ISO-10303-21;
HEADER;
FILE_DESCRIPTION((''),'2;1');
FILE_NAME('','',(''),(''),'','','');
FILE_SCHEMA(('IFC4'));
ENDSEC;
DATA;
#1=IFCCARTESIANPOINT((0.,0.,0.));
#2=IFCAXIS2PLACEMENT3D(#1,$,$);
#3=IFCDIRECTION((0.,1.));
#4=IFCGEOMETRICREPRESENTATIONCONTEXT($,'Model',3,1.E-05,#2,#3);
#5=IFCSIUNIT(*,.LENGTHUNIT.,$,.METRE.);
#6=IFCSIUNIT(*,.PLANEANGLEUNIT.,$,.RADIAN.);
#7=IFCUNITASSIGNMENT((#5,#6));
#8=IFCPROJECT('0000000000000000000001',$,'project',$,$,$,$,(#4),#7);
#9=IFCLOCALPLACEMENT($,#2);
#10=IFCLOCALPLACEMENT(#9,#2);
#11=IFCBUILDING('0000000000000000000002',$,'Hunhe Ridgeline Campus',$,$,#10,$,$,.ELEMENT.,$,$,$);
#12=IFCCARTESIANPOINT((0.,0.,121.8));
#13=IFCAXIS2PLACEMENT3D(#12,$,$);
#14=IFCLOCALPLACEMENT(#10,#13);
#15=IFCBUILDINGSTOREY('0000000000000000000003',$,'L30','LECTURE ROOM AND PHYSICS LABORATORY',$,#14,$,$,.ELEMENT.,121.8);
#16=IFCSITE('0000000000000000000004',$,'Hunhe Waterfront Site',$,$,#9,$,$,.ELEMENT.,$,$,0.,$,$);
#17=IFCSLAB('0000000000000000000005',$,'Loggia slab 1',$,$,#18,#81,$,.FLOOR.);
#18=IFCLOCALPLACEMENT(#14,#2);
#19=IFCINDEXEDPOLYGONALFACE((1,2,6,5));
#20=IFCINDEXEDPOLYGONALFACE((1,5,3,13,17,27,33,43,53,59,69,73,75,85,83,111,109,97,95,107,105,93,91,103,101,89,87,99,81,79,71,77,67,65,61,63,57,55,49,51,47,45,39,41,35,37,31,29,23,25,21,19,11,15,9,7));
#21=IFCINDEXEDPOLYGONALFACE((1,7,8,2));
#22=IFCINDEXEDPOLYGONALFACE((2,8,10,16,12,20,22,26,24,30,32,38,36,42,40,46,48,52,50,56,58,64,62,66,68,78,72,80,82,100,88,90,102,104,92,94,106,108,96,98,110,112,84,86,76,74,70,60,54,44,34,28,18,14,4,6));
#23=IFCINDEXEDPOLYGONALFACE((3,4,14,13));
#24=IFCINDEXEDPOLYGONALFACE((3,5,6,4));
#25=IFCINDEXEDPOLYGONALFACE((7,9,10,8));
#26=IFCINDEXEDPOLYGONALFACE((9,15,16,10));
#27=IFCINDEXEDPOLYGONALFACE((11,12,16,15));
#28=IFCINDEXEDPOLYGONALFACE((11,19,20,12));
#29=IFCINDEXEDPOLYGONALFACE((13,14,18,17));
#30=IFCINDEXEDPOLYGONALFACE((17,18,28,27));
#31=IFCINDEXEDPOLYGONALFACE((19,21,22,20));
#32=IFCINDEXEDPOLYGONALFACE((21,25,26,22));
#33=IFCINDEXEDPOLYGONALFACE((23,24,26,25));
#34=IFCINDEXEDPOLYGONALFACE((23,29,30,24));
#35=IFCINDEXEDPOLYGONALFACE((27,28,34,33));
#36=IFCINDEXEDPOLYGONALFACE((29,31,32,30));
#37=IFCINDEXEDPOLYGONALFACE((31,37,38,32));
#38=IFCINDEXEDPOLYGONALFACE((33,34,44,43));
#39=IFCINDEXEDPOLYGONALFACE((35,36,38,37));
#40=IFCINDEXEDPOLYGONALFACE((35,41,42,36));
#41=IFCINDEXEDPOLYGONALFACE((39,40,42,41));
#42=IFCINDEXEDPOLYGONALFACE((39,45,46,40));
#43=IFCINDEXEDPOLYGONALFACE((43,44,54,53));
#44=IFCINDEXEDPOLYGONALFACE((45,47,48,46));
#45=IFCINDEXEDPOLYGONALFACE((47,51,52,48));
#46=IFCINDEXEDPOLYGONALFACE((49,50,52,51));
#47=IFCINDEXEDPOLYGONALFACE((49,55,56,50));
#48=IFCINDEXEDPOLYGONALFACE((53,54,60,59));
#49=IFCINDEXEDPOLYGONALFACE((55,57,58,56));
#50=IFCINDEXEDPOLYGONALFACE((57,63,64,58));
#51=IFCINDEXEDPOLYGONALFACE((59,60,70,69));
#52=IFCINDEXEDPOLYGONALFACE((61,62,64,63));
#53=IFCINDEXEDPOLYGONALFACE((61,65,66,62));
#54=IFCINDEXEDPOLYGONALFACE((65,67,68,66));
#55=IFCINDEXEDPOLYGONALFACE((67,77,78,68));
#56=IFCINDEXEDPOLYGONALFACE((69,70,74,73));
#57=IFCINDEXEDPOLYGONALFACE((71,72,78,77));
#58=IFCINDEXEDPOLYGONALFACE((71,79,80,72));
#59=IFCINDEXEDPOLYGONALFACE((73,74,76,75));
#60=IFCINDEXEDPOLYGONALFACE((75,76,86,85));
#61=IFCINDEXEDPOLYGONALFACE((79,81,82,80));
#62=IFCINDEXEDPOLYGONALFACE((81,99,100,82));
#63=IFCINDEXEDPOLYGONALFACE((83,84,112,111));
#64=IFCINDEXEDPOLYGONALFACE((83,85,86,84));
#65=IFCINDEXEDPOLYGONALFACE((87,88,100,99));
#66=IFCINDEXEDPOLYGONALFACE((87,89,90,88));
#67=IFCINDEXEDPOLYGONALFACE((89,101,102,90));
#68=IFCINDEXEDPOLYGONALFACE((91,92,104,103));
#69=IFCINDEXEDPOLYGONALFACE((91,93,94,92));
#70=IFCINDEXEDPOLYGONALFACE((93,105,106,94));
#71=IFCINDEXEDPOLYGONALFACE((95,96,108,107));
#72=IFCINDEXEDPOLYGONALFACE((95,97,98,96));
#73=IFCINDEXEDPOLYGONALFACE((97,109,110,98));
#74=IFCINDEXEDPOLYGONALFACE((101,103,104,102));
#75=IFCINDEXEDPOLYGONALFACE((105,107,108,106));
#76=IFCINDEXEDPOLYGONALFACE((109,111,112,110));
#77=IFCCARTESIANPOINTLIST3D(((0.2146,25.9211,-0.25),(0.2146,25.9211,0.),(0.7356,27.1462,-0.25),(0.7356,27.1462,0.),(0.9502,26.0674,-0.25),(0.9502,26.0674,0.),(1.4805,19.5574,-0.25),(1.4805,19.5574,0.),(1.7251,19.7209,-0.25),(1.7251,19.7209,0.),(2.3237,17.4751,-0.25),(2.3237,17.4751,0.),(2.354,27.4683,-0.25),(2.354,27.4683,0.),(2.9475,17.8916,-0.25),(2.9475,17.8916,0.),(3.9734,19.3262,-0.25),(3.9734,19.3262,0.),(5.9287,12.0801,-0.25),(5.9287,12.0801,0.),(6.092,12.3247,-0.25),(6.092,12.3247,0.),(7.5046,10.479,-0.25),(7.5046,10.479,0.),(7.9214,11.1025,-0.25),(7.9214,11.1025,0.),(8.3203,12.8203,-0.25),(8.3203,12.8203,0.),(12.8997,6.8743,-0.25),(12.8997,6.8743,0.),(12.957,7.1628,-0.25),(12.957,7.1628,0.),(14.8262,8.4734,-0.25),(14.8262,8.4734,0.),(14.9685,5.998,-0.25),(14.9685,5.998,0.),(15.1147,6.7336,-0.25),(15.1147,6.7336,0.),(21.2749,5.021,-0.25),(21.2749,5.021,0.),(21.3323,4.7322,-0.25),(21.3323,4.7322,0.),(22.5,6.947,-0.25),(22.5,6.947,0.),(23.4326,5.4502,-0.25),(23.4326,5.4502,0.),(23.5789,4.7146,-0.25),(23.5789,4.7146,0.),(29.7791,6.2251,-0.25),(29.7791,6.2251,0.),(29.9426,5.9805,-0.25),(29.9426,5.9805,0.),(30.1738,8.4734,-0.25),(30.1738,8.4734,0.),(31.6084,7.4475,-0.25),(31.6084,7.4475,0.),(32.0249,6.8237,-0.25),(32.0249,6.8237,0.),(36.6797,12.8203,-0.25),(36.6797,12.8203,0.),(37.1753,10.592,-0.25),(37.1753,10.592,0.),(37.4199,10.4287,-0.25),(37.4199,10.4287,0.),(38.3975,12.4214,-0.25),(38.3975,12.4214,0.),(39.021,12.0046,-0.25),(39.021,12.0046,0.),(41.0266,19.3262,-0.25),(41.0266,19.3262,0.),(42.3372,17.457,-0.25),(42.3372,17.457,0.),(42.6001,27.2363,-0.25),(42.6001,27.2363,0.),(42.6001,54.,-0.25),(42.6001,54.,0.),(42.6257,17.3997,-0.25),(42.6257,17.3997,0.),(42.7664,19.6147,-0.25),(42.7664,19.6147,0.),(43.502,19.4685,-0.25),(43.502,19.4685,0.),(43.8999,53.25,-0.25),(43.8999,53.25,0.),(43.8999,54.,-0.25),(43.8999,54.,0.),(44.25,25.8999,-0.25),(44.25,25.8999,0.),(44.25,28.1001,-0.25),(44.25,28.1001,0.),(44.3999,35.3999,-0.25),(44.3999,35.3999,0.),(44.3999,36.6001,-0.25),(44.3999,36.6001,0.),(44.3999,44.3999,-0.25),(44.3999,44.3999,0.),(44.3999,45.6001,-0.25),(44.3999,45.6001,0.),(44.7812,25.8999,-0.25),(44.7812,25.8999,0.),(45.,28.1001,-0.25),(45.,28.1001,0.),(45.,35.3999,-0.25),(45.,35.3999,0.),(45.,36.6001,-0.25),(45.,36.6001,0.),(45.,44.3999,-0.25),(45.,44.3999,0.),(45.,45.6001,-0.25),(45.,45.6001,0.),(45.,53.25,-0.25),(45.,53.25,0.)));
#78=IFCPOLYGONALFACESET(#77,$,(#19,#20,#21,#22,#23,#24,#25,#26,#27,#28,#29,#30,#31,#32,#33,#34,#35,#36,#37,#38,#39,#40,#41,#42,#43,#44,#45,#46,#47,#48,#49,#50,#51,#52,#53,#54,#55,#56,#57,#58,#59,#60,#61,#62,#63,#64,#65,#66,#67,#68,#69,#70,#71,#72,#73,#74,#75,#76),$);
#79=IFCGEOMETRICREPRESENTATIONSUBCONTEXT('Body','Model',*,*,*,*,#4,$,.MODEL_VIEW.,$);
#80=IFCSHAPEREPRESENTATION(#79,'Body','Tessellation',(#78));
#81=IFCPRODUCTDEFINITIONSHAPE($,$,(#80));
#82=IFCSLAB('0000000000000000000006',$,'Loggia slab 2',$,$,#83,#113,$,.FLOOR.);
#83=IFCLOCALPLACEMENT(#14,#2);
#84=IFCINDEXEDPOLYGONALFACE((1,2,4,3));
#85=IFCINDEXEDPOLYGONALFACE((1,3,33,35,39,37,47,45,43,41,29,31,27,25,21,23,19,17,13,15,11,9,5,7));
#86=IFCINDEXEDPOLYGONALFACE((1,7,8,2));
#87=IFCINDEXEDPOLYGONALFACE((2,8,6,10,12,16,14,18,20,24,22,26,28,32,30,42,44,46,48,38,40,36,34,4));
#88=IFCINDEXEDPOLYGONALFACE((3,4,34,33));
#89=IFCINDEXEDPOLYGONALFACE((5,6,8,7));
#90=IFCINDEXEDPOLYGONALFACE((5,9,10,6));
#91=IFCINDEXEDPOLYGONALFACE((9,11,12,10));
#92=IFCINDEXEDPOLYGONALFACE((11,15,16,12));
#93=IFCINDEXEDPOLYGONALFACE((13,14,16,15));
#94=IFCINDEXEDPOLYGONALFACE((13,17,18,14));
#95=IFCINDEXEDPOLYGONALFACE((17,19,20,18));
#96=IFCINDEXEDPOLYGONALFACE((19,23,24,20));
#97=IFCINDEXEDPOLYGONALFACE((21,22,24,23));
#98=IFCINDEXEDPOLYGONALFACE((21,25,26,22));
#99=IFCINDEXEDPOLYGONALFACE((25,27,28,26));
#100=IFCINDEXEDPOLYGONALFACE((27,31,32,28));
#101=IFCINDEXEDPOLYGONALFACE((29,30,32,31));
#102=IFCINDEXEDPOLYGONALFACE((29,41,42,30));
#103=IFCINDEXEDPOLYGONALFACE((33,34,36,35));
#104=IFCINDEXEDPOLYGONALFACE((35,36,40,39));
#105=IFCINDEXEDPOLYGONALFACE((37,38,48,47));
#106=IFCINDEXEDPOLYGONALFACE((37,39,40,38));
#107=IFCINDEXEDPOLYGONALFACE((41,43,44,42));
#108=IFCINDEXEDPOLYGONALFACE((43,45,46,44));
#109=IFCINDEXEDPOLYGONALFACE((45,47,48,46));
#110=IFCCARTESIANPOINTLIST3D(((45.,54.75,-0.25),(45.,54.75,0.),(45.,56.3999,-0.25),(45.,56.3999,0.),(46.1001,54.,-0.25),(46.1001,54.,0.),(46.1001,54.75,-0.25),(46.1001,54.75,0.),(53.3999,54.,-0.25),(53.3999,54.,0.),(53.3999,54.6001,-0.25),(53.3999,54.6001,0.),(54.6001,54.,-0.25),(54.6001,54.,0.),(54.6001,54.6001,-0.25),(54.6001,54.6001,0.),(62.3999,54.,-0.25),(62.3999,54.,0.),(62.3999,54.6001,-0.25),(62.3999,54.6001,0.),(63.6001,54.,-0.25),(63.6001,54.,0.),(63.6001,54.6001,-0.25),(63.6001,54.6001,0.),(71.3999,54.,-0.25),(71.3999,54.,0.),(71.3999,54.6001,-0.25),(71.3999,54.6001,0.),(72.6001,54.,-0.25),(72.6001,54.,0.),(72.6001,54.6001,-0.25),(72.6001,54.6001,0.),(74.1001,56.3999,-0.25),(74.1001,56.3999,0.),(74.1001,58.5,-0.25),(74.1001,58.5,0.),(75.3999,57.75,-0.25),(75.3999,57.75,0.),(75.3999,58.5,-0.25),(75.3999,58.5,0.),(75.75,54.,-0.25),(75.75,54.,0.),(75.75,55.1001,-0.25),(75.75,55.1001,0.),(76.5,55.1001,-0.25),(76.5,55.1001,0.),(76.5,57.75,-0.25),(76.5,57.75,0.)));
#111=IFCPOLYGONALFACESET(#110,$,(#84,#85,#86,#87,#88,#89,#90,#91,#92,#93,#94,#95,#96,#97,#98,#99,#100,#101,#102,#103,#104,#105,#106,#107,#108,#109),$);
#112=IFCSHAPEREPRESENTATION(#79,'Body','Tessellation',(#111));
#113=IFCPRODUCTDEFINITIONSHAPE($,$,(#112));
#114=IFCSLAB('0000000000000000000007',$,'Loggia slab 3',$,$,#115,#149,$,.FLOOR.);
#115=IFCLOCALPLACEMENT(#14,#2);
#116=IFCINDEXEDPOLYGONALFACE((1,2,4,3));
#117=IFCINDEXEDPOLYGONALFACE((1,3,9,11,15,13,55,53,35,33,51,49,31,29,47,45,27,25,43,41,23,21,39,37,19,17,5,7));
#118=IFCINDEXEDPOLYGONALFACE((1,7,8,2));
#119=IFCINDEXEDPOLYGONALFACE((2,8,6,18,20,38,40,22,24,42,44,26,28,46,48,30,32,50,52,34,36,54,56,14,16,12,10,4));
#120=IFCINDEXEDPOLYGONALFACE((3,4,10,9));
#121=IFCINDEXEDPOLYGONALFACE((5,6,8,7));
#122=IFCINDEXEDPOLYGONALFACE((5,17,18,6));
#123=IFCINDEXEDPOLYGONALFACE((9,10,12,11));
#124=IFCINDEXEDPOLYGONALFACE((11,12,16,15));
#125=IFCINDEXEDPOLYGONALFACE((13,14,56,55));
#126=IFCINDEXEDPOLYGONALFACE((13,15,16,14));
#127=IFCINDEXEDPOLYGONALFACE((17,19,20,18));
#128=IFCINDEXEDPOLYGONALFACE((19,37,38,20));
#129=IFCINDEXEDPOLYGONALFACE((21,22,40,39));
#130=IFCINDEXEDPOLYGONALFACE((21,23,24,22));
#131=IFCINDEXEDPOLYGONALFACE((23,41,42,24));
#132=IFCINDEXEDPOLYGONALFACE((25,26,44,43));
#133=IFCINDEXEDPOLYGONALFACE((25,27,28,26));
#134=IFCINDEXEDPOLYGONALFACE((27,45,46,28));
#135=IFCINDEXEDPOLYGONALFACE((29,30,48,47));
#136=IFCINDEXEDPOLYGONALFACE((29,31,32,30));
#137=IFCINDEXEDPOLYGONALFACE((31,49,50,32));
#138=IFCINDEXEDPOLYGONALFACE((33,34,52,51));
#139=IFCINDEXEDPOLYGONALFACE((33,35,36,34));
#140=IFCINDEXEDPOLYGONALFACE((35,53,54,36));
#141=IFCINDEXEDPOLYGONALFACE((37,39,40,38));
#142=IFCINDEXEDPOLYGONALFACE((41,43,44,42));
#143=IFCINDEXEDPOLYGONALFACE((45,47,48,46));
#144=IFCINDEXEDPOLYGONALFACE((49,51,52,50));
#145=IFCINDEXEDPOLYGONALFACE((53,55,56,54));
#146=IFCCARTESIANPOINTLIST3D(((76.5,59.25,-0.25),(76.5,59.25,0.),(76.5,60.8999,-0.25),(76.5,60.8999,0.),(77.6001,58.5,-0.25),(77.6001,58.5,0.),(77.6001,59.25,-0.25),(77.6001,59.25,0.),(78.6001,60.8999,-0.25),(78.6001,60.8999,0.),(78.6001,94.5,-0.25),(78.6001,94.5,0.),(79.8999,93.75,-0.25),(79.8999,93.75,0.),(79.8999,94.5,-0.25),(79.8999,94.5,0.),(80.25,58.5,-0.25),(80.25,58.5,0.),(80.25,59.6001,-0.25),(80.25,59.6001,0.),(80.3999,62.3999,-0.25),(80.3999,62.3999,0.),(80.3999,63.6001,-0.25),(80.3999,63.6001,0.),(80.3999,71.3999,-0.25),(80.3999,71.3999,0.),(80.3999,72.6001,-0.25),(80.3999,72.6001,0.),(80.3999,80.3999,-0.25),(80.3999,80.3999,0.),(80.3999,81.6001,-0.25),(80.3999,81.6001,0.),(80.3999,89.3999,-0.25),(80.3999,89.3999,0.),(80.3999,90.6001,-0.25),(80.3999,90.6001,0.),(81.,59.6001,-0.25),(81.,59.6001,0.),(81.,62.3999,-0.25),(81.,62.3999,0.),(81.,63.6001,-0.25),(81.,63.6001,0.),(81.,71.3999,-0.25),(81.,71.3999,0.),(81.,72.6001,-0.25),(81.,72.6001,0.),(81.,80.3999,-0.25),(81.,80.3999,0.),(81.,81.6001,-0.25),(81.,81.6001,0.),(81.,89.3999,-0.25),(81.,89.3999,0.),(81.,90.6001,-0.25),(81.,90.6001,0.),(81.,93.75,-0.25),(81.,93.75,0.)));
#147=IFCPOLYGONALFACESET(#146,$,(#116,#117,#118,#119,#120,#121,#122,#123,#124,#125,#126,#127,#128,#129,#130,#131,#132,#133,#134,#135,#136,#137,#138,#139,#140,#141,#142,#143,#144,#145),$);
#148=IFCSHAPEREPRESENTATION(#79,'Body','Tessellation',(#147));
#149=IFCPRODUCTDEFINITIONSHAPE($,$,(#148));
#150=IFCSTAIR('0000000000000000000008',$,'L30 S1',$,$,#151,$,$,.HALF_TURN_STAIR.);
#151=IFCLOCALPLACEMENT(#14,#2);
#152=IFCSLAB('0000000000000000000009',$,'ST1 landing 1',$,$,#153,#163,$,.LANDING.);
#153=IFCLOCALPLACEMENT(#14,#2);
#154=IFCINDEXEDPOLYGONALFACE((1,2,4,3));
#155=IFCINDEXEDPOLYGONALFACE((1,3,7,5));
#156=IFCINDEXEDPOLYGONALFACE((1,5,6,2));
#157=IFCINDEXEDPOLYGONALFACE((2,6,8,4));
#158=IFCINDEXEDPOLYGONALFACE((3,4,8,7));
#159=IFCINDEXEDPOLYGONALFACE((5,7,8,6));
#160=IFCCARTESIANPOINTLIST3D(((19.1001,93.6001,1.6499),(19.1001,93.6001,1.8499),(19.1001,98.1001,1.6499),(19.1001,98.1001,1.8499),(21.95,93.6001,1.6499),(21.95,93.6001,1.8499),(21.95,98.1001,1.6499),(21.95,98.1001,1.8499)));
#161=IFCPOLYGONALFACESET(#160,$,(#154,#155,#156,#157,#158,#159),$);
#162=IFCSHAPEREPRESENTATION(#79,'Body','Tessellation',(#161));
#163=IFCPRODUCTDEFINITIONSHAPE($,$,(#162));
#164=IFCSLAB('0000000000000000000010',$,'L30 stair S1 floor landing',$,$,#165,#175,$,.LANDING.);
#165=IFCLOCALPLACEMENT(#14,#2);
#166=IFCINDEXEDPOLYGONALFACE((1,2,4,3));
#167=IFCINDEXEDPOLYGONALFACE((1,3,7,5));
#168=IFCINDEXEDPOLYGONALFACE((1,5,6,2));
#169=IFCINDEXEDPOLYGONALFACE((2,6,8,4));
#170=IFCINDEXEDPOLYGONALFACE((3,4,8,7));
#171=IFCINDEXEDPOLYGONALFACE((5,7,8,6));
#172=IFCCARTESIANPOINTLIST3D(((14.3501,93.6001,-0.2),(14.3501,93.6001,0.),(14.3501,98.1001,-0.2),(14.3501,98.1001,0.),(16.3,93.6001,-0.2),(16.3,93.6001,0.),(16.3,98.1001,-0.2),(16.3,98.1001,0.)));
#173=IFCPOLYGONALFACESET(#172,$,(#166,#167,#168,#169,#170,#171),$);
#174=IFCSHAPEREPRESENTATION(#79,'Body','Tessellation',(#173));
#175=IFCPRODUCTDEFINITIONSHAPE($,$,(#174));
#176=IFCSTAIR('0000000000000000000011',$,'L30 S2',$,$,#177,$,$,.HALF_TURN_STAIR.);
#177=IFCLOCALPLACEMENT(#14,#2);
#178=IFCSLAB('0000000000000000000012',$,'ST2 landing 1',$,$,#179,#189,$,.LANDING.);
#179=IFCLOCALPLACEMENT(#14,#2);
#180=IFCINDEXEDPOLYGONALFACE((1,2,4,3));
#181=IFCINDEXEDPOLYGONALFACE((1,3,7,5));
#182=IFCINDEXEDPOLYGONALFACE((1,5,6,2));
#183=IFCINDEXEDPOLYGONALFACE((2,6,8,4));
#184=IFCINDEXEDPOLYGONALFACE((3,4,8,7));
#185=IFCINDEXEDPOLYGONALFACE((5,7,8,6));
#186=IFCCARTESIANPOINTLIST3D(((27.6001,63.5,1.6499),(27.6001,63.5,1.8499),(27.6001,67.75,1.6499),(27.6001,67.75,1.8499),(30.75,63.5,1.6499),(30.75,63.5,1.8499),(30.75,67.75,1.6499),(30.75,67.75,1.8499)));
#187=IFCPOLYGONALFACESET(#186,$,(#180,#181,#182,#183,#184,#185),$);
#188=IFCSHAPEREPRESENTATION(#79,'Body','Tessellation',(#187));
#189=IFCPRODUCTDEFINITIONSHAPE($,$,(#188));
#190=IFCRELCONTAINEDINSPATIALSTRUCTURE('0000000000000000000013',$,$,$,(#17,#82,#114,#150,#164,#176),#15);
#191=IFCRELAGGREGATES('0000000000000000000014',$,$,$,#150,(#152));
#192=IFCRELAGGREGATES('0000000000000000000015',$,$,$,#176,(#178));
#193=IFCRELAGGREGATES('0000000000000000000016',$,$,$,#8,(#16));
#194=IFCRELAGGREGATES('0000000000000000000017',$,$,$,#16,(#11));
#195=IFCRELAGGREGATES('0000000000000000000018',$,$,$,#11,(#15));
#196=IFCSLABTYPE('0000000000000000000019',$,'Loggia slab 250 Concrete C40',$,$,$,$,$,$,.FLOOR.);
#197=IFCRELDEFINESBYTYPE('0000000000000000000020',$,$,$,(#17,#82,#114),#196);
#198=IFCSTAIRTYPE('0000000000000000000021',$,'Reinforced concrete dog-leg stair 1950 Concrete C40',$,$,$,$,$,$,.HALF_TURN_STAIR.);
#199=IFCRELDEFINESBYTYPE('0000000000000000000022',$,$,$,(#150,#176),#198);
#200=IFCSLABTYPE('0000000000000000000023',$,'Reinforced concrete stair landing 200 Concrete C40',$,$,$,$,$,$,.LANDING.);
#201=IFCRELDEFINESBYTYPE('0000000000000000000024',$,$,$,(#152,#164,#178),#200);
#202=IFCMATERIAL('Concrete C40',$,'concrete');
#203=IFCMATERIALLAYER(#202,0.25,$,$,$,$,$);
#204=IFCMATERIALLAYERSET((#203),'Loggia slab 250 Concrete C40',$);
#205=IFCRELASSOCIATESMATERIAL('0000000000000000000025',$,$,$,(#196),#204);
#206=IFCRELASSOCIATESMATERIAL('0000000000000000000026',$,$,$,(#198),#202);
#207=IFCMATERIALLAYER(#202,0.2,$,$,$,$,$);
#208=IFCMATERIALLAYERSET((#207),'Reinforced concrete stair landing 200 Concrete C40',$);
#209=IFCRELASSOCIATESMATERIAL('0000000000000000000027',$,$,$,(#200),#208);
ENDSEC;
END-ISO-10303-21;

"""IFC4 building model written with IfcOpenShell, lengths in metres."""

from ifc_helpers import new_model, si_unit, direction, frame, origin, place, context, subcontext, project, spatial, polyline, outline, extrude, material, layer, layer_set, type_object, element, aggregate, save


model = new_model("IFC4")

# Units and contexts
model_context = context("Model", 3, precision=1e-05, world=origin(), true_north=direction((0.0, 1.0)))
body_context = subcontext(model_context, "Body", "Model", "MODEL_VIEW")
ifc_project = project(units=[si_unit("LENGTHUNIT", "METRE"), si_unit("PLANEANGLEUNIT", "RADIAN")], contexts=[model_context])

# Site, building, storey
site_placement = place(None, origin())
site = spatial("IfcSite", under=ifc_project, at=site_placement, Name="Hunhe Waterfront Site", CompositionType="ELEMENT", RefElevation=0.0)
building_placement = place(site_placement, origin())
building = spatial("IfcBuilding", under=site, at=building_placement, Name="Hunhe Ridgeline Campus", CompositionType="ELEMENT")
storey_placement = place(building_placement, frame((0.0, 0.0, 121.8)))
storey = spatial("IfcBuildingStorey", under=building, at=storey_placement, Name="L30", Description="LECTURE ROOM AND PHYSICS LABORATORY", CompositionType="ELEMENT", Elevation=121.8)

# Slabs
ifc_material_1 = material(Name="Concrete C40", Category="concrete")
ifc_layer_1 = layer(ifc_material_1, 0.25)
ifc_layer_set_1 = layer_set([ifc_layer_1], Name="Loggia slab 250 Concrete C40")
slab_type_1 = type_object("IfcSlabType", Name="Loggia slab 250 Concrete C40", PredefinedType="FLOOR", material=ifc_layer_set_1)
slab_1_placement = place(storey_placement, frame((0.0, 0.0, -0.25)))
element("IfcSlab", 1, at=slab_1_placement, inside=storey, type_object=slab_type_1, Name="Loggia slab 1", PredefinedType="FLOOR", context=body_context, shape_type="SweptSolid", body=[
    extrude(outline(polyline([(30.1738, 8.4734), (22.5, 6.947), (14.8262, 8.4734), (8.3203, 12.8203), (3.9734, 19.3262), (2.354, 27.4683), (0.7356, 27.1462), (0.9502, 26.0674), (0.2146, 25.9211), (1.4805, 19.5574), (1.7251, 19.7209), (2.9475, 17.8916), (2.3237, 17.4751), (5.9287, 12.0801), (6.092, 12.3247), (7.9214, 11.1025), (7.5046, 10.479), (12.8997, 6.8743), (12.957, 7.1628), (15.1147, 6.7336), (14.9685, 5.998), (21.3323, 4.7322), (21.2749, 5.021), (23.4326, 5.4502), (23.5789, 4.7146), (29.9426, 5.9805), (29.7791, 6.2251), (31.6084, 7.4475), (32.0249, 6.8237), (37.4199, 10.4287), (37.1753, 10.592), (38.3975, 12.4214), (39.021, 12.0046), (42.6257, 17.3997), (42.3372, 17.457), (42.7664, 19.6147), (43.502, 19.4685), (44.7812, 25.8999), (44.25, 25.8999), (44.25, 28.1001), (45.0, 28.1001), (45.0, 35.3999), (44.3999, 35.3999), (44.3999, 36.6001), (45.0, 36.6001), (45.0, 44.3999), (44.3999, 44.3999), (44.3999, 45.6001), (45.0, 45.6001), (45.0, 53.25), (43.8999, 53.25), (43.8999, 54.0), (42.6001, 54.0), (42.6001, 27.2363), (41.0266, 19.3262), (36.6797, 12.8203), (30.1738, 8.4734)])), origin(), (0.0, 0.0, 1.0), 0.25),
])
slab_2_placement = place(storey_placement, frame((0.0, 0.0, -0.25)))
element("IfcSlab", 2, at=slab_2_placement, inside=storey, type_object=slab_type_1, Name="Loggia slab 2", PredefinedType="FLOOR", context=body_context, shape_type="SweptSolid", body=[
    extrude(outline(polyline([(45.0, 54.75), (46.1001, 54.75), (46.1001, 54.0), (53.3999, 54.0), (53.3999, 54.6001), (54.6001, 54.6001), (54.6001, 54.0), (62.3999, 54.0), (62.3999, 54.6001), (63.6001, 54.6001), (63.6001, 54.0), (71.3999, 54.0), (71.3999, 54.6001), (72.6001, 54.6001), (72.6001, 54.0), (75.75, 54.0), (75.75, 55.1001), (76.5, 55.1001), (76.5, 57.75), (75.3999, 57.75), (75.3999, 58.5), (74.1001, 58.5), (74.1001, 56.3999), (45.0, 56.3999), (45.0, 54.75)])), origin(), (0.0, 0.0, 1.0), 0.25),
])
slab_3_placement = place(storey_placement, frame((0.0, 0.0, -0.25)))
element("IfcSlab", 3, at=slab_3_placement, inside=storey, type_object=slab_type_1, Name="Loggia slab 3", PredefinedType="FLOOR", context=body_context, shape_type="SweptSolid", body=[
    extrude(outline(polyline([(76.5, 59.25), (77.6001, 59.25), (77.6001, 58.5), (80.25, 58.5), (80.25, 59.6001), (81.0, 59.6001), (81.0, 62.3999), (80.3999, 62.3999), (80.3999, 63.6001), (81.0, 63.6001), (81.0, 71.3999), (80.3999, 71.3999), (80.3999, 72.6001), (81.0, 72.6001), (81.0, 80.3999), (80.3999, 80.3999), (80.3999, 81.6001), (81.0, 81.6001), (81.0, 89.3999), (80.3999, 89.3999), (80.3999, 90.6001), (81.0, 90.6001), (81.0, 93.75), (79.8999, 93.75), (79.8999, 94.5), (78.6001, 94.5), (78.6001, 60.8999), (76.5, 60.8999), (76.5, 59.25)])), origin(), (0.0, 0.0, 1.0), 0.25),
])

# Stair, slab
stair_type = type_object("IfcStairType", Name="Reinforced concrete dog-leg stair 1950 Concrete C40", PredefinedType="HALF_TURN_STAIR", material=ifc_material_1)
stair_1_placement = place(storey_placement, origin())
stair_1 = element("IfcStair", 4, at=stair_1_placement, inside=storey, type_object=stair_type, Name="L30 S1", PredefinedType="HALF_TURN_STAIR")
ifc_layer_2 = layer(ifc_material_1, 0.2)
ifc_layer_set_2 = layer_set([ifc_layer_2], Name="Reinforced concrete stair landing 200 Concrete C40")
slab_type_2 = type_object("IfcSlabType", Name="Reinforced concrete stair landing 200 Concrete C40", PredefinedType="LANDING", material=ifc_layer_set_2)
slab_4_placement = place(storey_placement, frame((0.0, 0.0, 1.6499)))
slab_4 = element("IfcSlab", 5, at=slab_4_placement, type_object=slab_type_2, Name="ST1 landing 1", PredefinedType="LANDING", context=body_context, shape_type="SweptSolid", body=[
    extrude(outline(polyline([(19.1001, 93.6001), (21.95, 93.6001), (21.95, 98.1001), (19.1001, 98.1001), (19.1001, 93.6001)])), origin(), (0.0, 0.0, 1.0), 0.2),
])
aggregate(stair_1, [slab_4])

# Slab
slab_5_placement = place(storey_placement, frame((0.0, 0.0, -0.2)))
element("IfcSlab", 6, at=slab_5_placement, inside=storey, type_object=slab_type_2, Name="L30 stair S1 floor landing", PredefinedType="LANDING", context=body_context, shape_type="SweptSolid", body=[
    extrude(outline(polyline([(14.3501, 93.6001), (16.3, 93.6001), (16.3, 98.1001), (14.3501, 98.1001), (14.3501, 93.6001)])), origin(), (0.0, 0.0, 1.0), 0.2),
])

# Stair, slab
stair_2_placement = place(storey_placement, origin())
stair_2 = element("IfcStair", 7, at=stair_2_placement, inside=storey, type_object=stair_type, Name="L30 S2", PredefinedType="HALF_TURN_STAIR")
slab_6_placement = place(storey_placement, frame((0.0, 0.0, 1.6499)))
slab_6 = element("IfcSlab", 8, at=slab_6_placement, type_object=slab_type_2, Name="ST2 landing 1", PredefinedType="LANDING", context=body_context, shape_type="SweptSolid", body=[
    extrude(outline(polyline([(30.75, 67.75), (27.6001, 67.75), (27.6001, 63.5), (30.75, 63.5), (30.75, 67.75)])), origin(), (0.0, 0.0, 1.0), 0.2),
])
aggregate(stair_2, [slab_6])

save(model, "model.ifc")
